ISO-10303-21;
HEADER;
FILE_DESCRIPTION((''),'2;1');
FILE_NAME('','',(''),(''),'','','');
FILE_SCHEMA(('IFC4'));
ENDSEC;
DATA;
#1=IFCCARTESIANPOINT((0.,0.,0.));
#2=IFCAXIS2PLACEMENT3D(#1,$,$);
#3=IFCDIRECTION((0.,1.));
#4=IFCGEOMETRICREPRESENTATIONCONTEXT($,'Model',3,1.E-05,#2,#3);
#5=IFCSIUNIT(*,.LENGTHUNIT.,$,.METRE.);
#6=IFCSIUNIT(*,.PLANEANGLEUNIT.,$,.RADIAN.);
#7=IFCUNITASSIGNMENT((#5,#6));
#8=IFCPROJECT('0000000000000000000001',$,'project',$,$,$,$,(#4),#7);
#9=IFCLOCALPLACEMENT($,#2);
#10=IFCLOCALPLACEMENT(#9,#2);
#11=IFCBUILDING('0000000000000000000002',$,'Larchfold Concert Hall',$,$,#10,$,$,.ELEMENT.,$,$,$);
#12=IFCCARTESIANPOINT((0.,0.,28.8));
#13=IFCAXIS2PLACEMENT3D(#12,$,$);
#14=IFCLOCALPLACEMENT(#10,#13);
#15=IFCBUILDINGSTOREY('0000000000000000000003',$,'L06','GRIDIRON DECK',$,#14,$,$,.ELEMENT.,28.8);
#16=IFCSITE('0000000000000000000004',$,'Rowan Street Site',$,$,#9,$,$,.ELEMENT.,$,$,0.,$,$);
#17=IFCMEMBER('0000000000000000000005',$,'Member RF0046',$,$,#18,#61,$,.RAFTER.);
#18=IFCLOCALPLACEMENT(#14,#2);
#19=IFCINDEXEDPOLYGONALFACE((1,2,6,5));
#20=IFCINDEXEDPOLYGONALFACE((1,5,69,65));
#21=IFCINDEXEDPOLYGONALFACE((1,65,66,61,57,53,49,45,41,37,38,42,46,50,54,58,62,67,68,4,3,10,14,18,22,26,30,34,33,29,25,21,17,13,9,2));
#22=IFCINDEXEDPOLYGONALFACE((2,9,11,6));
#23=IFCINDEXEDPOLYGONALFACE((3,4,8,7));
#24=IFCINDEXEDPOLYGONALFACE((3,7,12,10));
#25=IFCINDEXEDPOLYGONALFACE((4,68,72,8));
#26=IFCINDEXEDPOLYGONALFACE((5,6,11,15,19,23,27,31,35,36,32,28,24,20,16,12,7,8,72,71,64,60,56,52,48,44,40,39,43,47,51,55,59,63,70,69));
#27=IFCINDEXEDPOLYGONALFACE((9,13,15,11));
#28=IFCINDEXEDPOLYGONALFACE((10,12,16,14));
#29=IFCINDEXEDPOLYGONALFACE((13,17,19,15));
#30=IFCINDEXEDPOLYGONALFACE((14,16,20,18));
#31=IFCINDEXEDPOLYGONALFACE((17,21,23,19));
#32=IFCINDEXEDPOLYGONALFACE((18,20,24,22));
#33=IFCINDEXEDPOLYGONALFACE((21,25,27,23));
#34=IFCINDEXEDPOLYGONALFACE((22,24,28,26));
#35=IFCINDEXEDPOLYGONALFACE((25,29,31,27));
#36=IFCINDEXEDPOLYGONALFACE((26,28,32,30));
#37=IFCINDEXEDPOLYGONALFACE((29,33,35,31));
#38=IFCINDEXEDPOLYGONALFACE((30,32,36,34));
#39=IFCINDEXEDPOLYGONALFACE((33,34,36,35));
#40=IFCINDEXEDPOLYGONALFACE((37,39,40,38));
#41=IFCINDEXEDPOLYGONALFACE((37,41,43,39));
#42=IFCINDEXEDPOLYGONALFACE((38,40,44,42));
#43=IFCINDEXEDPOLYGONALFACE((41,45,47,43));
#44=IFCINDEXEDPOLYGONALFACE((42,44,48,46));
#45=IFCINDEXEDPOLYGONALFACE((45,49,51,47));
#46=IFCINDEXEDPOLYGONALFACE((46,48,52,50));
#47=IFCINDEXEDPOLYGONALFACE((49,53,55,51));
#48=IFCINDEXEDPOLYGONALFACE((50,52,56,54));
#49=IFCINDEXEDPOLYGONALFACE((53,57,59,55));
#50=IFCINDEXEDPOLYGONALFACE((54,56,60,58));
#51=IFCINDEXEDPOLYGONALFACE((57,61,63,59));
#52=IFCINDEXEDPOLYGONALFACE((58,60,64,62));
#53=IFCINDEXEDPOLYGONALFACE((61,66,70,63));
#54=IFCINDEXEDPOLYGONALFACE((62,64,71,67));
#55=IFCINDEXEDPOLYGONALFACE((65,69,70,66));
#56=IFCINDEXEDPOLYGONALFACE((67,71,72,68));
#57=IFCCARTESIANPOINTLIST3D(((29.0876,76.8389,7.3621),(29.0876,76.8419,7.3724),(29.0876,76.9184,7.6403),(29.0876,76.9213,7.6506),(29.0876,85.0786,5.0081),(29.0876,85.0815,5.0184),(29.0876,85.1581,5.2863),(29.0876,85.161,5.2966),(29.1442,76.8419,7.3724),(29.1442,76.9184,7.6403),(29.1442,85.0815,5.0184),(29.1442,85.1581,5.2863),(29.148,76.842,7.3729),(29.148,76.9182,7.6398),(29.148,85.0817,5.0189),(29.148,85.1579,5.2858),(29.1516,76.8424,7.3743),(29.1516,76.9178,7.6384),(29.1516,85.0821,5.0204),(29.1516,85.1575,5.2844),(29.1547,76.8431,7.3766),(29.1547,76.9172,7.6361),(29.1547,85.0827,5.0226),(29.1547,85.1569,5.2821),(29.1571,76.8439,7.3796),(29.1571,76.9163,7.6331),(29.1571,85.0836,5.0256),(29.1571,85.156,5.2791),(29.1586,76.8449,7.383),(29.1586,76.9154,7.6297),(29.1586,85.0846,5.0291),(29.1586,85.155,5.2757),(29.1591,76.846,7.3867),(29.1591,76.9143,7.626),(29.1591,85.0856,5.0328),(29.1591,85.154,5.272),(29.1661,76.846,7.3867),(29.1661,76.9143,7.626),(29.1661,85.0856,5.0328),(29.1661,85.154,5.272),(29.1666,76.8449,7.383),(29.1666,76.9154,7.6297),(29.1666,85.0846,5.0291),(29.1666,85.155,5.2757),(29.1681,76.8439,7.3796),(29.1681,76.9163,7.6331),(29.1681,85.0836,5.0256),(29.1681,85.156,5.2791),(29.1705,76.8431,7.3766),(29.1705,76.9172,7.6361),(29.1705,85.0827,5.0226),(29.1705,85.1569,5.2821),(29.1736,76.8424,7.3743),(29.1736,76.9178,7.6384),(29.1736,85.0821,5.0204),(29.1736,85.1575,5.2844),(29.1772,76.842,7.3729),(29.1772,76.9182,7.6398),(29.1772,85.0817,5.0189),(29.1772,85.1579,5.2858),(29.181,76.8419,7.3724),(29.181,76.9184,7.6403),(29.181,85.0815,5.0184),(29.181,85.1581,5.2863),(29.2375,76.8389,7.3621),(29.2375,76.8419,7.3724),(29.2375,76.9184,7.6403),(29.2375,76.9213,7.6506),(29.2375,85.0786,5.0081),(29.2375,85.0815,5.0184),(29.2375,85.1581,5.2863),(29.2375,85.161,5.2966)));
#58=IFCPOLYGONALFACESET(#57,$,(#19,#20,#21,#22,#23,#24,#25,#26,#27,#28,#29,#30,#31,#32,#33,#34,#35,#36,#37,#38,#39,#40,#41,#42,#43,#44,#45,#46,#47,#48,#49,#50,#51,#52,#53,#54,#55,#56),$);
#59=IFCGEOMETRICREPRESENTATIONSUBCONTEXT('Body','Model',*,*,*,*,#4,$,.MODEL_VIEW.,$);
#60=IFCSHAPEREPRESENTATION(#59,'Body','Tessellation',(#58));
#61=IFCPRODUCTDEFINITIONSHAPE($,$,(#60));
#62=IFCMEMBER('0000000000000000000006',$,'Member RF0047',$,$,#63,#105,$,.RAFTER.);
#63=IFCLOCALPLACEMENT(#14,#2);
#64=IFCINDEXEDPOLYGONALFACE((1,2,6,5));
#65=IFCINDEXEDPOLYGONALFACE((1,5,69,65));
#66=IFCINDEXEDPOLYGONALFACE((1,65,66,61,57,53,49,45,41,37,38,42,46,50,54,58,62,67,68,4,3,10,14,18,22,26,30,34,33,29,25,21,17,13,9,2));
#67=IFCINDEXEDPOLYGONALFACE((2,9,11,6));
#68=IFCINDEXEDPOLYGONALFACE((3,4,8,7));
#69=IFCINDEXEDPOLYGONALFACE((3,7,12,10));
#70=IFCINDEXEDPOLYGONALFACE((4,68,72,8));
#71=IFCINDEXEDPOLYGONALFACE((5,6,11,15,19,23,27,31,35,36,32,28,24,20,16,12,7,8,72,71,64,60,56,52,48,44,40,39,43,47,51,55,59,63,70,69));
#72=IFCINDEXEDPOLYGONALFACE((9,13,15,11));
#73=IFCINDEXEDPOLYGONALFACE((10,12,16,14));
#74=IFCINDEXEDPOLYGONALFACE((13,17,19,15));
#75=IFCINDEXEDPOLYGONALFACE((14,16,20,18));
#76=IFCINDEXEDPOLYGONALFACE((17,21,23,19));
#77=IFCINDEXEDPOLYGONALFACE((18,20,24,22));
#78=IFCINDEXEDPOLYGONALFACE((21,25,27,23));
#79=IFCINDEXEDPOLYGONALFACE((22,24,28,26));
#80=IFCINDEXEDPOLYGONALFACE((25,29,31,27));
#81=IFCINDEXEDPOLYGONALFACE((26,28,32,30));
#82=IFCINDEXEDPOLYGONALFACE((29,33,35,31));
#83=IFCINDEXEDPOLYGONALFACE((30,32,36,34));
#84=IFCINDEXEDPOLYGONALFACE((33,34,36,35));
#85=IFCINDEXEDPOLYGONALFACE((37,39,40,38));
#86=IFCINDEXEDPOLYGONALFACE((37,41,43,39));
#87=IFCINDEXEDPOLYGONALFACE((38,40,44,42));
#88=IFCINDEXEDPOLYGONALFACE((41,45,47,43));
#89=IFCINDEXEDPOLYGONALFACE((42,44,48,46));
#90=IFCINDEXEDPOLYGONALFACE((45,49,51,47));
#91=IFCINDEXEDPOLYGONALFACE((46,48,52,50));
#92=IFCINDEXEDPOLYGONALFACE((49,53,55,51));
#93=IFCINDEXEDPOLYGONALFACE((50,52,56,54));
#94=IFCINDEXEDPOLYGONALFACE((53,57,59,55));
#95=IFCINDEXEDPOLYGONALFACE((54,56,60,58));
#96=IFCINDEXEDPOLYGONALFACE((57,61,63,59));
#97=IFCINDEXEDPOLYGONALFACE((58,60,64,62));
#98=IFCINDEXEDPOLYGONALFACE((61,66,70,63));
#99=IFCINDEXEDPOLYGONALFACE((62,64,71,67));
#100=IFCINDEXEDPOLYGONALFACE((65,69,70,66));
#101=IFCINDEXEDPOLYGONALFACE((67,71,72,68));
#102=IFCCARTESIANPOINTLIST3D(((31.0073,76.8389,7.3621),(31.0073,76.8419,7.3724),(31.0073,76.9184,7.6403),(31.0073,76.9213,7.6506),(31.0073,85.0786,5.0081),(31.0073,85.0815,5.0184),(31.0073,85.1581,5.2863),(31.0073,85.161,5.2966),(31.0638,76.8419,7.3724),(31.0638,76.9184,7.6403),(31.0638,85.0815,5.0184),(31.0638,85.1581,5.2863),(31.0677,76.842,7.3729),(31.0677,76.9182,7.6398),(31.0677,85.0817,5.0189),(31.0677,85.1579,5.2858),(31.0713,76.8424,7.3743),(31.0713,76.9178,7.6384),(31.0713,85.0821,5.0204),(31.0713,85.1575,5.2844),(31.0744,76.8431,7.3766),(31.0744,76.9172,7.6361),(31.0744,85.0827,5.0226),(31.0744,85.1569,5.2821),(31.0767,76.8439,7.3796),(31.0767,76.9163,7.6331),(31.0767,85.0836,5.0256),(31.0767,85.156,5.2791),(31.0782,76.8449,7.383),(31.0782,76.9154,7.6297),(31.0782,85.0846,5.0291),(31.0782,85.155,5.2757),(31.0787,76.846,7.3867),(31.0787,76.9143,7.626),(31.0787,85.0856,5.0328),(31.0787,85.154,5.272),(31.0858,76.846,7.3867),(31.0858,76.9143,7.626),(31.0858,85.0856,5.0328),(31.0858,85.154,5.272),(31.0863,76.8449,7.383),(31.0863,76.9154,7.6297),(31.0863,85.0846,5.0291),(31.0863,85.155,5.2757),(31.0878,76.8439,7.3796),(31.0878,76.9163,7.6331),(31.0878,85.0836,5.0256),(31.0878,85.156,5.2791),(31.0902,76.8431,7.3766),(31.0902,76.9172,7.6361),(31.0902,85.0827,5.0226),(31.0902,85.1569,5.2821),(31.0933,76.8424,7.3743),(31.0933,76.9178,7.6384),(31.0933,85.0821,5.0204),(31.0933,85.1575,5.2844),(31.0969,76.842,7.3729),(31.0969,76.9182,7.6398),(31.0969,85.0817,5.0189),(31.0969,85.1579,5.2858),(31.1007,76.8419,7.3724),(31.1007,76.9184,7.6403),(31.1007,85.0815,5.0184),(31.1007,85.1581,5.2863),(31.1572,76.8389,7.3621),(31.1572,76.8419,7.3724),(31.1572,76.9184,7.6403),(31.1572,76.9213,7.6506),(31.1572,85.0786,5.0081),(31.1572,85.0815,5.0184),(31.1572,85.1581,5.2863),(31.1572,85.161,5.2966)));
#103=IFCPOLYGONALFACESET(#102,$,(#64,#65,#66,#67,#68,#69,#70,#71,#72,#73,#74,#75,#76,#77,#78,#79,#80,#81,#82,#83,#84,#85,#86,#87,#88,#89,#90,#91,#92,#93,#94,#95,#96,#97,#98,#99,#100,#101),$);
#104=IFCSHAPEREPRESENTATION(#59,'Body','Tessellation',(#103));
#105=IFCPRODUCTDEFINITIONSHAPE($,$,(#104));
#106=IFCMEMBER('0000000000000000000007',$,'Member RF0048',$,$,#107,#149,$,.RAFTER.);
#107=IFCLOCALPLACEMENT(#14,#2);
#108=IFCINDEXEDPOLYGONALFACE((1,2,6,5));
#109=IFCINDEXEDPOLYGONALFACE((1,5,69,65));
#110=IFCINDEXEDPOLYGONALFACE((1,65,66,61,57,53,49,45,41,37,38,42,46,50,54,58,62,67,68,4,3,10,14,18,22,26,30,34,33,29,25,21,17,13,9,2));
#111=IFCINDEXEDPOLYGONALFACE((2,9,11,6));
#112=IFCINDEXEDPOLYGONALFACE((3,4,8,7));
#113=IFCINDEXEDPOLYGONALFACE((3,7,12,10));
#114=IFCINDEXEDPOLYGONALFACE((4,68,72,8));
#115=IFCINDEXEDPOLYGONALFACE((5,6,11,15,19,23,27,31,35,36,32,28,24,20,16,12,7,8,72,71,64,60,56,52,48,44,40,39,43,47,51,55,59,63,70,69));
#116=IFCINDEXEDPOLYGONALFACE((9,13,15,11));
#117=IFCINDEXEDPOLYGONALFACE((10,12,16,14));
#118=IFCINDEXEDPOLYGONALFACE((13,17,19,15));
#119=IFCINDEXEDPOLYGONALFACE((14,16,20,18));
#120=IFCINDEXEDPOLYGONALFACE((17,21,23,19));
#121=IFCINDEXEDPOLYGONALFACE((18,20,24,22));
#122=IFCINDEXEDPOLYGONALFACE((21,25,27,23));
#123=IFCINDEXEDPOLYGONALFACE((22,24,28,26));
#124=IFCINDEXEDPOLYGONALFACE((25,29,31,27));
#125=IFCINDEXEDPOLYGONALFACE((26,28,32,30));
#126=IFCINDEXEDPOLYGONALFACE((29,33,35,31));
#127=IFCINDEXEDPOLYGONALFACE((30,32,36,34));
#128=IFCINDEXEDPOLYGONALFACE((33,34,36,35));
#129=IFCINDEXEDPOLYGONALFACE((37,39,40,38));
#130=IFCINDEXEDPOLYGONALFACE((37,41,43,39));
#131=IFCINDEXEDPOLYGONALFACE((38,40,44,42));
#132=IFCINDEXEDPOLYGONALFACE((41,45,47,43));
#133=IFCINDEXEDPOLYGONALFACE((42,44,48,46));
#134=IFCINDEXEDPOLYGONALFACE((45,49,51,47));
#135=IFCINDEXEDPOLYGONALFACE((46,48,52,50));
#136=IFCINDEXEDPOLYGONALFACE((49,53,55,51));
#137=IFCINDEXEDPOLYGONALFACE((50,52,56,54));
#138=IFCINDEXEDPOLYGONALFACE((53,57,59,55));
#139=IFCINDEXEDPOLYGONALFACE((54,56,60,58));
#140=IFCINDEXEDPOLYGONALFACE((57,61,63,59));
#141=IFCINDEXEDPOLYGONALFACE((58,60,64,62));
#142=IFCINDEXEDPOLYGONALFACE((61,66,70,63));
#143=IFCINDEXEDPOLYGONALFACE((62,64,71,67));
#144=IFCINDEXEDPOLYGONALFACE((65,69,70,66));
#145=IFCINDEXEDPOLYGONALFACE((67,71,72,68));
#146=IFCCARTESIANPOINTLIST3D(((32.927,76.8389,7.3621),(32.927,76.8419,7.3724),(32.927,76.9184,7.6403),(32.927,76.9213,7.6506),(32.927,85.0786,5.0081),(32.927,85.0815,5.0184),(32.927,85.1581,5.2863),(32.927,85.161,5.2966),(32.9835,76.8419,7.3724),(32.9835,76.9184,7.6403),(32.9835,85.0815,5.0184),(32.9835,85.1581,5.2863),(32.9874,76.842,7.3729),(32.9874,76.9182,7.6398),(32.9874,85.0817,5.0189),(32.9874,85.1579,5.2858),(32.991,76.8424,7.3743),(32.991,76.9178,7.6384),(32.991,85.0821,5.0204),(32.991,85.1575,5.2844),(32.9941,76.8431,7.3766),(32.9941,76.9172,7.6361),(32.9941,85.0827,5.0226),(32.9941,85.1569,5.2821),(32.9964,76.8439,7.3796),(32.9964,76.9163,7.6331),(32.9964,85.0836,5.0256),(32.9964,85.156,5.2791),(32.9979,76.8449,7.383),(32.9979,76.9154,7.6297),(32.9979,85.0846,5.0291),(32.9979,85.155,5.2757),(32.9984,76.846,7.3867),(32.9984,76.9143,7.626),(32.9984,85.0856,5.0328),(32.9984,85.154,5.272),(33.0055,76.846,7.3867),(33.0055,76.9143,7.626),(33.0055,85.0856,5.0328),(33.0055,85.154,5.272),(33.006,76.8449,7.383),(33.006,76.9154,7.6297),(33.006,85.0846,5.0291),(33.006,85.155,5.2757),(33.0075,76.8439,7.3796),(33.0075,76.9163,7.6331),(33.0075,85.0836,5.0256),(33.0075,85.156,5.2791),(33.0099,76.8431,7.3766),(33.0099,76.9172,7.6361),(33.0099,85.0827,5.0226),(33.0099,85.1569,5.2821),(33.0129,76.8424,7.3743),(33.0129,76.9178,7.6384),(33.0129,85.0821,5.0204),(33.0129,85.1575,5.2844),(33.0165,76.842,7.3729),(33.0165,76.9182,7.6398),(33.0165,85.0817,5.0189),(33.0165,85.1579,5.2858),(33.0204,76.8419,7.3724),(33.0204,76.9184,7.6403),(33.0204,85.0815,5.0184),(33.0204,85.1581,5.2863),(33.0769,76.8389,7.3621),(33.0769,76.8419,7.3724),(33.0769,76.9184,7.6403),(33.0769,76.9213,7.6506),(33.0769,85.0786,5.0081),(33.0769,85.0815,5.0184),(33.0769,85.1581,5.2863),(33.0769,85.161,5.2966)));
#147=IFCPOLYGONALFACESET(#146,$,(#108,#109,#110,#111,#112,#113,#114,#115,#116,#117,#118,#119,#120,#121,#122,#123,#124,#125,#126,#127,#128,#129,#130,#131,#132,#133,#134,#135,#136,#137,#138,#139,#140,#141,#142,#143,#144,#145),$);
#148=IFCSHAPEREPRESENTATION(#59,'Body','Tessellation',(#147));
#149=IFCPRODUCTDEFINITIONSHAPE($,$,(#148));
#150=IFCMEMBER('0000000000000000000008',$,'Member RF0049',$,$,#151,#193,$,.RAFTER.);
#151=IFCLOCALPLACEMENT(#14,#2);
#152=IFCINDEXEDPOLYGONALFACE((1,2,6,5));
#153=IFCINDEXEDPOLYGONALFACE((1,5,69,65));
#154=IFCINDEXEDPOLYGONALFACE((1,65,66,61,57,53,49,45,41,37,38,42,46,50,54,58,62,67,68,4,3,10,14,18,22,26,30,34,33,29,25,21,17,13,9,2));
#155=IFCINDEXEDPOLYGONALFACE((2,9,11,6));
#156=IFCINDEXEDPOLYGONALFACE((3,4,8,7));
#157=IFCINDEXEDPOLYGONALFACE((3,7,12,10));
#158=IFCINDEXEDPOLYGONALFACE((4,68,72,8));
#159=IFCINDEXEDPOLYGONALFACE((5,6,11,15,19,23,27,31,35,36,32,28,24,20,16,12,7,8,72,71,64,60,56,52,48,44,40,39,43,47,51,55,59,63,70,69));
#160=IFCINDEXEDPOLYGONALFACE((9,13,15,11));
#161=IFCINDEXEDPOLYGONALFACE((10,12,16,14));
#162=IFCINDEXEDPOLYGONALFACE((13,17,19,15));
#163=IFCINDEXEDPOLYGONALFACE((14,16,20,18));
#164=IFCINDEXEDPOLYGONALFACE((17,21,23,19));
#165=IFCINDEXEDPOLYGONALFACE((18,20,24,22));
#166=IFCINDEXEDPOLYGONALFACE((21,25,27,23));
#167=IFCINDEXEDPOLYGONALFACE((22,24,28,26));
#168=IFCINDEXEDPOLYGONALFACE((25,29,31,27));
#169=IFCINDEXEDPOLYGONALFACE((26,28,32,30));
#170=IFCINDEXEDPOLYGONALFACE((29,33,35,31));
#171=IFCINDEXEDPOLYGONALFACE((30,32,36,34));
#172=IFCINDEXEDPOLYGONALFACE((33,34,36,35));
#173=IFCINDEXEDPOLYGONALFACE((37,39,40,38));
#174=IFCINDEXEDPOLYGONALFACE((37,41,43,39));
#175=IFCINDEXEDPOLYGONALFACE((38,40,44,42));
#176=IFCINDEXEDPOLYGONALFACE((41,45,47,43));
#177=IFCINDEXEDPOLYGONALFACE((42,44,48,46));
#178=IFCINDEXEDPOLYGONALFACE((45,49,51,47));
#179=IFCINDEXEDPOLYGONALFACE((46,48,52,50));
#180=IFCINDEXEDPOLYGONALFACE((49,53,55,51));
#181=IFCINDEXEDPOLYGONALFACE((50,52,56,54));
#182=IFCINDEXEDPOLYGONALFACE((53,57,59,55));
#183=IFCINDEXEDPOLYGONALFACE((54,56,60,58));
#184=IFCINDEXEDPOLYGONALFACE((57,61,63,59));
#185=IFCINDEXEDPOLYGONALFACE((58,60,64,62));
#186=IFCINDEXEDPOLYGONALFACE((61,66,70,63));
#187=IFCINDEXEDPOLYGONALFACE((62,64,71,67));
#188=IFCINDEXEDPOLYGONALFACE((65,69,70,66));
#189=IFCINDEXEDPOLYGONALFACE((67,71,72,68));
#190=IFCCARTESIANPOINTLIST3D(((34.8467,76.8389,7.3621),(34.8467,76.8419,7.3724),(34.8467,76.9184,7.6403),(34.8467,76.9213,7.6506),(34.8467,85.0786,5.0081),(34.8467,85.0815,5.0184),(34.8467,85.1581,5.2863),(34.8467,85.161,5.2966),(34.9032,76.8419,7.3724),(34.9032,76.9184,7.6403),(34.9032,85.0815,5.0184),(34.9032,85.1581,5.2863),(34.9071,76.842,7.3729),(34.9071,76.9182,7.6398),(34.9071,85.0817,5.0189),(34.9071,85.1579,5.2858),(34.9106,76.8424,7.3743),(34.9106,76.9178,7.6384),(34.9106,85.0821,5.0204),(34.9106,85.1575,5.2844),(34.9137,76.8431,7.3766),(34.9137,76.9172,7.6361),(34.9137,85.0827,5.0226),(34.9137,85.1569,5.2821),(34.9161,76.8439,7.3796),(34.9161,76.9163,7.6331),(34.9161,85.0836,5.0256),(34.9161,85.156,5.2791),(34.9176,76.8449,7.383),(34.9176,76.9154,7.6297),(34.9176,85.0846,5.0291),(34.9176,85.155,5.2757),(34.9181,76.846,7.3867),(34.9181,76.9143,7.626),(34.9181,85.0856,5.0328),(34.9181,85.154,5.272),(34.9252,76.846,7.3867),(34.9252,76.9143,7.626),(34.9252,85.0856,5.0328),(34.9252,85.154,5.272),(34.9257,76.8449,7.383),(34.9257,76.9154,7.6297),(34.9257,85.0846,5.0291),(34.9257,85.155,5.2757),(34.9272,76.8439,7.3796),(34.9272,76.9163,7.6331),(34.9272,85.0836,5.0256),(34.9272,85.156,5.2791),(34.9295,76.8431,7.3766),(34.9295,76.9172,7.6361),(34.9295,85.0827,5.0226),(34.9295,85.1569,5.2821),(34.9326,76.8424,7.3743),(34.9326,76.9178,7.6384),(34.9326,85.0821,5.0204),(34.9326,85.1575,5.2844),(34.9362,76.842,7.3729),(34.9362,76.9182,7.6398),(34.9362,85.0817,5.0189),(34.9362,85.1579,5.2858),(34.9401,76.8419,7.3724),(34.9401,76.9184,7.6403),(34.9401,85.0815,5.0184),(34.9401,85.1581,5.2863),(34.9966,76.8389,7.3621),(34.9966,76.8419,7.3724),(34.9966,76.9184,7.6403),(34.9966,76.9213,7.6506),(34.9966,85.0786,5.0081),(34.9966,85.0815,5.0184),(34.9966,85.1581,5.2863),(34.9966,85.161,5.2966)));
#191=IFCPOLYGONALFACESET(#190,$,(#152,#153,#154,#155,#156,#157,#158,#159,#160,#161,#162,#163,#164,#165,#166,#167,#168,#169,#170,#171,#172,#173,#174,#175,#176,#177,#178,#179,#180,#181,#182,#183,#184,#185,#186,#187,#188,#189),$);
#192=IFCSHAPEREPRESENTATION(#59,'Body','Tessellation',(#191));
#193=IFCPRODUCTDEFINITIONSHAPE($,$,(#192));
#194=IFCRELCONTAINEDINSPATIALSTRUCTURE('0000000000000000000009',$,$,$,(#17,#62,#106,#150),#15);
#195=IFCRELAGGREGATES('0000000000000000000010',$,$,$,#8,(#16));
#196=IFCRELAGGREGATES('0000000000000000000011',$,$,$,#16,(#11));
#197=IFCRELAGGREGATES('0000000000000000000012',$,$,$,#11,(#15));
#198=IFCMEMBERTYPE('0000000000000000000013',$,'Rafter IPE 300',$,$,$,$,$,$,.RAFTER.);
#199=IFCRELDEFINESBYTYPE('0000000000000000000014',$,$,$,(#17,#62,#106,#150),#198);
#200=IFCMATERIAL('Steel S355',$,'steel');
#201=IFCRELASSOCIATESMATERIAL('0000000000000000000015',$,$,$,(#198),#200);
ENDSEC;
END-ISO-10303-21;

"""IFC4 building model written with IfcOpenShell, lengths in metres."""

from ifc_helpers import new_model, si_unit, direction, frame, origin, origin_2d, place, context, subcontext, project, spatial, i_section, extrude, material, material_profile, profile_set, type_object, element, save


model = new_model("IFC4")

# Units and contexts
model_context = context("Model", 3, precision=1e-05, world=origin(), true_north=direction((0.0, 1.0)))
body_context = subcontext(model_context, "Body", "Model", "MODEL_VIEW")
ifc_project = project(units=[si_unit("LENGTHUNIT", "METRE"), si_unit("PLANEANGLEUNIT", "RADIAN")], contexts=[model_context])

# Site, building, storey
site_placement = place(None, origin())
site = spatial("IfcSite", under=ifc_project, at=site_placement, Name="Rowan Street Site", CompositionType="ELEMENT", RefElevation=0.0)
building_placement = place(site_placement, origin())
building = spatial("IfcBuilding", under=site, at=building_placement, Name="Larchfold Concert Hall", CompositionType="ELEMENT")
storey_placement = place(building_placement, frame((0.0, 0.0, 28.8)))
storey = spatial("IfcBuildingStorey", under=building, at=storey_placement, Name="L06", Description="GRIDIRON DECK", CompositionType="ELEMENT", Elevation=28.8)

# Members
ifc_material_1 = material(Name="Steel S355", Category="steel")
ifc_material_profile_1 = material_profile(ifc_material_1, i_section(OverallWidth=0.1499, OverallDepth=0.3, WebThickness=0.0071, FlangeThickness=0.0107, FilletRadius=0.0149, at=origin_2d()))
ifc_profile_set_1 = profile_set([ifc_material_profile_1], Name="Steel S355")
member_type_1 = type_object("IfcMemberType", Name="Rafter IPE 300", PredefinedType="RAFTER", material=ifc_profile_set_1)
for number, where, z_axis, x_axis, name in (
    (1, (29.1626, 76.8801, 7.5063), (0.0, 0.96153, -0.274699), (-1.0, 0.0, 0.0), "Member RF0046"),
    (2, (31.0823, 76.8801, 7.5063), (0.0, 0.96153, -0.274699), (-1.0, 0.0, 0.0), "Member RF0047"),
    (3, (33.002, 76.8801, 7.5063), (0.0, 0.96153, -0.274699), (-1.0, 0.0, 0.0), "Member RF0048"),
    (4, (34.9216, 76.8801, 7.5063), (0.0, 0.96153, -0.274699), (-1.0, 0.0, 0.0), "Member RF0049"),
):
    element("IfcMember", number, at=place(storey_placement, frame(where, z_axis=z_axis, x_axis=x_axis)), inside=storey, type_object=member_type_1, Name=name, PredefinedType="RAFTER", context=body_context, shape_type="SweptSolid", body=[
        extrude(i_section(OverallWidth=0.1499, OverallDepth=0.3, WebThickness=0.0071, FlangeThickness=0.0107, FilletRadius=0.0149, at=origin_2d()), origin(), (0.0, 0.0, 1.0), 8.5693),
    ])

save(model, "model.ifc")
